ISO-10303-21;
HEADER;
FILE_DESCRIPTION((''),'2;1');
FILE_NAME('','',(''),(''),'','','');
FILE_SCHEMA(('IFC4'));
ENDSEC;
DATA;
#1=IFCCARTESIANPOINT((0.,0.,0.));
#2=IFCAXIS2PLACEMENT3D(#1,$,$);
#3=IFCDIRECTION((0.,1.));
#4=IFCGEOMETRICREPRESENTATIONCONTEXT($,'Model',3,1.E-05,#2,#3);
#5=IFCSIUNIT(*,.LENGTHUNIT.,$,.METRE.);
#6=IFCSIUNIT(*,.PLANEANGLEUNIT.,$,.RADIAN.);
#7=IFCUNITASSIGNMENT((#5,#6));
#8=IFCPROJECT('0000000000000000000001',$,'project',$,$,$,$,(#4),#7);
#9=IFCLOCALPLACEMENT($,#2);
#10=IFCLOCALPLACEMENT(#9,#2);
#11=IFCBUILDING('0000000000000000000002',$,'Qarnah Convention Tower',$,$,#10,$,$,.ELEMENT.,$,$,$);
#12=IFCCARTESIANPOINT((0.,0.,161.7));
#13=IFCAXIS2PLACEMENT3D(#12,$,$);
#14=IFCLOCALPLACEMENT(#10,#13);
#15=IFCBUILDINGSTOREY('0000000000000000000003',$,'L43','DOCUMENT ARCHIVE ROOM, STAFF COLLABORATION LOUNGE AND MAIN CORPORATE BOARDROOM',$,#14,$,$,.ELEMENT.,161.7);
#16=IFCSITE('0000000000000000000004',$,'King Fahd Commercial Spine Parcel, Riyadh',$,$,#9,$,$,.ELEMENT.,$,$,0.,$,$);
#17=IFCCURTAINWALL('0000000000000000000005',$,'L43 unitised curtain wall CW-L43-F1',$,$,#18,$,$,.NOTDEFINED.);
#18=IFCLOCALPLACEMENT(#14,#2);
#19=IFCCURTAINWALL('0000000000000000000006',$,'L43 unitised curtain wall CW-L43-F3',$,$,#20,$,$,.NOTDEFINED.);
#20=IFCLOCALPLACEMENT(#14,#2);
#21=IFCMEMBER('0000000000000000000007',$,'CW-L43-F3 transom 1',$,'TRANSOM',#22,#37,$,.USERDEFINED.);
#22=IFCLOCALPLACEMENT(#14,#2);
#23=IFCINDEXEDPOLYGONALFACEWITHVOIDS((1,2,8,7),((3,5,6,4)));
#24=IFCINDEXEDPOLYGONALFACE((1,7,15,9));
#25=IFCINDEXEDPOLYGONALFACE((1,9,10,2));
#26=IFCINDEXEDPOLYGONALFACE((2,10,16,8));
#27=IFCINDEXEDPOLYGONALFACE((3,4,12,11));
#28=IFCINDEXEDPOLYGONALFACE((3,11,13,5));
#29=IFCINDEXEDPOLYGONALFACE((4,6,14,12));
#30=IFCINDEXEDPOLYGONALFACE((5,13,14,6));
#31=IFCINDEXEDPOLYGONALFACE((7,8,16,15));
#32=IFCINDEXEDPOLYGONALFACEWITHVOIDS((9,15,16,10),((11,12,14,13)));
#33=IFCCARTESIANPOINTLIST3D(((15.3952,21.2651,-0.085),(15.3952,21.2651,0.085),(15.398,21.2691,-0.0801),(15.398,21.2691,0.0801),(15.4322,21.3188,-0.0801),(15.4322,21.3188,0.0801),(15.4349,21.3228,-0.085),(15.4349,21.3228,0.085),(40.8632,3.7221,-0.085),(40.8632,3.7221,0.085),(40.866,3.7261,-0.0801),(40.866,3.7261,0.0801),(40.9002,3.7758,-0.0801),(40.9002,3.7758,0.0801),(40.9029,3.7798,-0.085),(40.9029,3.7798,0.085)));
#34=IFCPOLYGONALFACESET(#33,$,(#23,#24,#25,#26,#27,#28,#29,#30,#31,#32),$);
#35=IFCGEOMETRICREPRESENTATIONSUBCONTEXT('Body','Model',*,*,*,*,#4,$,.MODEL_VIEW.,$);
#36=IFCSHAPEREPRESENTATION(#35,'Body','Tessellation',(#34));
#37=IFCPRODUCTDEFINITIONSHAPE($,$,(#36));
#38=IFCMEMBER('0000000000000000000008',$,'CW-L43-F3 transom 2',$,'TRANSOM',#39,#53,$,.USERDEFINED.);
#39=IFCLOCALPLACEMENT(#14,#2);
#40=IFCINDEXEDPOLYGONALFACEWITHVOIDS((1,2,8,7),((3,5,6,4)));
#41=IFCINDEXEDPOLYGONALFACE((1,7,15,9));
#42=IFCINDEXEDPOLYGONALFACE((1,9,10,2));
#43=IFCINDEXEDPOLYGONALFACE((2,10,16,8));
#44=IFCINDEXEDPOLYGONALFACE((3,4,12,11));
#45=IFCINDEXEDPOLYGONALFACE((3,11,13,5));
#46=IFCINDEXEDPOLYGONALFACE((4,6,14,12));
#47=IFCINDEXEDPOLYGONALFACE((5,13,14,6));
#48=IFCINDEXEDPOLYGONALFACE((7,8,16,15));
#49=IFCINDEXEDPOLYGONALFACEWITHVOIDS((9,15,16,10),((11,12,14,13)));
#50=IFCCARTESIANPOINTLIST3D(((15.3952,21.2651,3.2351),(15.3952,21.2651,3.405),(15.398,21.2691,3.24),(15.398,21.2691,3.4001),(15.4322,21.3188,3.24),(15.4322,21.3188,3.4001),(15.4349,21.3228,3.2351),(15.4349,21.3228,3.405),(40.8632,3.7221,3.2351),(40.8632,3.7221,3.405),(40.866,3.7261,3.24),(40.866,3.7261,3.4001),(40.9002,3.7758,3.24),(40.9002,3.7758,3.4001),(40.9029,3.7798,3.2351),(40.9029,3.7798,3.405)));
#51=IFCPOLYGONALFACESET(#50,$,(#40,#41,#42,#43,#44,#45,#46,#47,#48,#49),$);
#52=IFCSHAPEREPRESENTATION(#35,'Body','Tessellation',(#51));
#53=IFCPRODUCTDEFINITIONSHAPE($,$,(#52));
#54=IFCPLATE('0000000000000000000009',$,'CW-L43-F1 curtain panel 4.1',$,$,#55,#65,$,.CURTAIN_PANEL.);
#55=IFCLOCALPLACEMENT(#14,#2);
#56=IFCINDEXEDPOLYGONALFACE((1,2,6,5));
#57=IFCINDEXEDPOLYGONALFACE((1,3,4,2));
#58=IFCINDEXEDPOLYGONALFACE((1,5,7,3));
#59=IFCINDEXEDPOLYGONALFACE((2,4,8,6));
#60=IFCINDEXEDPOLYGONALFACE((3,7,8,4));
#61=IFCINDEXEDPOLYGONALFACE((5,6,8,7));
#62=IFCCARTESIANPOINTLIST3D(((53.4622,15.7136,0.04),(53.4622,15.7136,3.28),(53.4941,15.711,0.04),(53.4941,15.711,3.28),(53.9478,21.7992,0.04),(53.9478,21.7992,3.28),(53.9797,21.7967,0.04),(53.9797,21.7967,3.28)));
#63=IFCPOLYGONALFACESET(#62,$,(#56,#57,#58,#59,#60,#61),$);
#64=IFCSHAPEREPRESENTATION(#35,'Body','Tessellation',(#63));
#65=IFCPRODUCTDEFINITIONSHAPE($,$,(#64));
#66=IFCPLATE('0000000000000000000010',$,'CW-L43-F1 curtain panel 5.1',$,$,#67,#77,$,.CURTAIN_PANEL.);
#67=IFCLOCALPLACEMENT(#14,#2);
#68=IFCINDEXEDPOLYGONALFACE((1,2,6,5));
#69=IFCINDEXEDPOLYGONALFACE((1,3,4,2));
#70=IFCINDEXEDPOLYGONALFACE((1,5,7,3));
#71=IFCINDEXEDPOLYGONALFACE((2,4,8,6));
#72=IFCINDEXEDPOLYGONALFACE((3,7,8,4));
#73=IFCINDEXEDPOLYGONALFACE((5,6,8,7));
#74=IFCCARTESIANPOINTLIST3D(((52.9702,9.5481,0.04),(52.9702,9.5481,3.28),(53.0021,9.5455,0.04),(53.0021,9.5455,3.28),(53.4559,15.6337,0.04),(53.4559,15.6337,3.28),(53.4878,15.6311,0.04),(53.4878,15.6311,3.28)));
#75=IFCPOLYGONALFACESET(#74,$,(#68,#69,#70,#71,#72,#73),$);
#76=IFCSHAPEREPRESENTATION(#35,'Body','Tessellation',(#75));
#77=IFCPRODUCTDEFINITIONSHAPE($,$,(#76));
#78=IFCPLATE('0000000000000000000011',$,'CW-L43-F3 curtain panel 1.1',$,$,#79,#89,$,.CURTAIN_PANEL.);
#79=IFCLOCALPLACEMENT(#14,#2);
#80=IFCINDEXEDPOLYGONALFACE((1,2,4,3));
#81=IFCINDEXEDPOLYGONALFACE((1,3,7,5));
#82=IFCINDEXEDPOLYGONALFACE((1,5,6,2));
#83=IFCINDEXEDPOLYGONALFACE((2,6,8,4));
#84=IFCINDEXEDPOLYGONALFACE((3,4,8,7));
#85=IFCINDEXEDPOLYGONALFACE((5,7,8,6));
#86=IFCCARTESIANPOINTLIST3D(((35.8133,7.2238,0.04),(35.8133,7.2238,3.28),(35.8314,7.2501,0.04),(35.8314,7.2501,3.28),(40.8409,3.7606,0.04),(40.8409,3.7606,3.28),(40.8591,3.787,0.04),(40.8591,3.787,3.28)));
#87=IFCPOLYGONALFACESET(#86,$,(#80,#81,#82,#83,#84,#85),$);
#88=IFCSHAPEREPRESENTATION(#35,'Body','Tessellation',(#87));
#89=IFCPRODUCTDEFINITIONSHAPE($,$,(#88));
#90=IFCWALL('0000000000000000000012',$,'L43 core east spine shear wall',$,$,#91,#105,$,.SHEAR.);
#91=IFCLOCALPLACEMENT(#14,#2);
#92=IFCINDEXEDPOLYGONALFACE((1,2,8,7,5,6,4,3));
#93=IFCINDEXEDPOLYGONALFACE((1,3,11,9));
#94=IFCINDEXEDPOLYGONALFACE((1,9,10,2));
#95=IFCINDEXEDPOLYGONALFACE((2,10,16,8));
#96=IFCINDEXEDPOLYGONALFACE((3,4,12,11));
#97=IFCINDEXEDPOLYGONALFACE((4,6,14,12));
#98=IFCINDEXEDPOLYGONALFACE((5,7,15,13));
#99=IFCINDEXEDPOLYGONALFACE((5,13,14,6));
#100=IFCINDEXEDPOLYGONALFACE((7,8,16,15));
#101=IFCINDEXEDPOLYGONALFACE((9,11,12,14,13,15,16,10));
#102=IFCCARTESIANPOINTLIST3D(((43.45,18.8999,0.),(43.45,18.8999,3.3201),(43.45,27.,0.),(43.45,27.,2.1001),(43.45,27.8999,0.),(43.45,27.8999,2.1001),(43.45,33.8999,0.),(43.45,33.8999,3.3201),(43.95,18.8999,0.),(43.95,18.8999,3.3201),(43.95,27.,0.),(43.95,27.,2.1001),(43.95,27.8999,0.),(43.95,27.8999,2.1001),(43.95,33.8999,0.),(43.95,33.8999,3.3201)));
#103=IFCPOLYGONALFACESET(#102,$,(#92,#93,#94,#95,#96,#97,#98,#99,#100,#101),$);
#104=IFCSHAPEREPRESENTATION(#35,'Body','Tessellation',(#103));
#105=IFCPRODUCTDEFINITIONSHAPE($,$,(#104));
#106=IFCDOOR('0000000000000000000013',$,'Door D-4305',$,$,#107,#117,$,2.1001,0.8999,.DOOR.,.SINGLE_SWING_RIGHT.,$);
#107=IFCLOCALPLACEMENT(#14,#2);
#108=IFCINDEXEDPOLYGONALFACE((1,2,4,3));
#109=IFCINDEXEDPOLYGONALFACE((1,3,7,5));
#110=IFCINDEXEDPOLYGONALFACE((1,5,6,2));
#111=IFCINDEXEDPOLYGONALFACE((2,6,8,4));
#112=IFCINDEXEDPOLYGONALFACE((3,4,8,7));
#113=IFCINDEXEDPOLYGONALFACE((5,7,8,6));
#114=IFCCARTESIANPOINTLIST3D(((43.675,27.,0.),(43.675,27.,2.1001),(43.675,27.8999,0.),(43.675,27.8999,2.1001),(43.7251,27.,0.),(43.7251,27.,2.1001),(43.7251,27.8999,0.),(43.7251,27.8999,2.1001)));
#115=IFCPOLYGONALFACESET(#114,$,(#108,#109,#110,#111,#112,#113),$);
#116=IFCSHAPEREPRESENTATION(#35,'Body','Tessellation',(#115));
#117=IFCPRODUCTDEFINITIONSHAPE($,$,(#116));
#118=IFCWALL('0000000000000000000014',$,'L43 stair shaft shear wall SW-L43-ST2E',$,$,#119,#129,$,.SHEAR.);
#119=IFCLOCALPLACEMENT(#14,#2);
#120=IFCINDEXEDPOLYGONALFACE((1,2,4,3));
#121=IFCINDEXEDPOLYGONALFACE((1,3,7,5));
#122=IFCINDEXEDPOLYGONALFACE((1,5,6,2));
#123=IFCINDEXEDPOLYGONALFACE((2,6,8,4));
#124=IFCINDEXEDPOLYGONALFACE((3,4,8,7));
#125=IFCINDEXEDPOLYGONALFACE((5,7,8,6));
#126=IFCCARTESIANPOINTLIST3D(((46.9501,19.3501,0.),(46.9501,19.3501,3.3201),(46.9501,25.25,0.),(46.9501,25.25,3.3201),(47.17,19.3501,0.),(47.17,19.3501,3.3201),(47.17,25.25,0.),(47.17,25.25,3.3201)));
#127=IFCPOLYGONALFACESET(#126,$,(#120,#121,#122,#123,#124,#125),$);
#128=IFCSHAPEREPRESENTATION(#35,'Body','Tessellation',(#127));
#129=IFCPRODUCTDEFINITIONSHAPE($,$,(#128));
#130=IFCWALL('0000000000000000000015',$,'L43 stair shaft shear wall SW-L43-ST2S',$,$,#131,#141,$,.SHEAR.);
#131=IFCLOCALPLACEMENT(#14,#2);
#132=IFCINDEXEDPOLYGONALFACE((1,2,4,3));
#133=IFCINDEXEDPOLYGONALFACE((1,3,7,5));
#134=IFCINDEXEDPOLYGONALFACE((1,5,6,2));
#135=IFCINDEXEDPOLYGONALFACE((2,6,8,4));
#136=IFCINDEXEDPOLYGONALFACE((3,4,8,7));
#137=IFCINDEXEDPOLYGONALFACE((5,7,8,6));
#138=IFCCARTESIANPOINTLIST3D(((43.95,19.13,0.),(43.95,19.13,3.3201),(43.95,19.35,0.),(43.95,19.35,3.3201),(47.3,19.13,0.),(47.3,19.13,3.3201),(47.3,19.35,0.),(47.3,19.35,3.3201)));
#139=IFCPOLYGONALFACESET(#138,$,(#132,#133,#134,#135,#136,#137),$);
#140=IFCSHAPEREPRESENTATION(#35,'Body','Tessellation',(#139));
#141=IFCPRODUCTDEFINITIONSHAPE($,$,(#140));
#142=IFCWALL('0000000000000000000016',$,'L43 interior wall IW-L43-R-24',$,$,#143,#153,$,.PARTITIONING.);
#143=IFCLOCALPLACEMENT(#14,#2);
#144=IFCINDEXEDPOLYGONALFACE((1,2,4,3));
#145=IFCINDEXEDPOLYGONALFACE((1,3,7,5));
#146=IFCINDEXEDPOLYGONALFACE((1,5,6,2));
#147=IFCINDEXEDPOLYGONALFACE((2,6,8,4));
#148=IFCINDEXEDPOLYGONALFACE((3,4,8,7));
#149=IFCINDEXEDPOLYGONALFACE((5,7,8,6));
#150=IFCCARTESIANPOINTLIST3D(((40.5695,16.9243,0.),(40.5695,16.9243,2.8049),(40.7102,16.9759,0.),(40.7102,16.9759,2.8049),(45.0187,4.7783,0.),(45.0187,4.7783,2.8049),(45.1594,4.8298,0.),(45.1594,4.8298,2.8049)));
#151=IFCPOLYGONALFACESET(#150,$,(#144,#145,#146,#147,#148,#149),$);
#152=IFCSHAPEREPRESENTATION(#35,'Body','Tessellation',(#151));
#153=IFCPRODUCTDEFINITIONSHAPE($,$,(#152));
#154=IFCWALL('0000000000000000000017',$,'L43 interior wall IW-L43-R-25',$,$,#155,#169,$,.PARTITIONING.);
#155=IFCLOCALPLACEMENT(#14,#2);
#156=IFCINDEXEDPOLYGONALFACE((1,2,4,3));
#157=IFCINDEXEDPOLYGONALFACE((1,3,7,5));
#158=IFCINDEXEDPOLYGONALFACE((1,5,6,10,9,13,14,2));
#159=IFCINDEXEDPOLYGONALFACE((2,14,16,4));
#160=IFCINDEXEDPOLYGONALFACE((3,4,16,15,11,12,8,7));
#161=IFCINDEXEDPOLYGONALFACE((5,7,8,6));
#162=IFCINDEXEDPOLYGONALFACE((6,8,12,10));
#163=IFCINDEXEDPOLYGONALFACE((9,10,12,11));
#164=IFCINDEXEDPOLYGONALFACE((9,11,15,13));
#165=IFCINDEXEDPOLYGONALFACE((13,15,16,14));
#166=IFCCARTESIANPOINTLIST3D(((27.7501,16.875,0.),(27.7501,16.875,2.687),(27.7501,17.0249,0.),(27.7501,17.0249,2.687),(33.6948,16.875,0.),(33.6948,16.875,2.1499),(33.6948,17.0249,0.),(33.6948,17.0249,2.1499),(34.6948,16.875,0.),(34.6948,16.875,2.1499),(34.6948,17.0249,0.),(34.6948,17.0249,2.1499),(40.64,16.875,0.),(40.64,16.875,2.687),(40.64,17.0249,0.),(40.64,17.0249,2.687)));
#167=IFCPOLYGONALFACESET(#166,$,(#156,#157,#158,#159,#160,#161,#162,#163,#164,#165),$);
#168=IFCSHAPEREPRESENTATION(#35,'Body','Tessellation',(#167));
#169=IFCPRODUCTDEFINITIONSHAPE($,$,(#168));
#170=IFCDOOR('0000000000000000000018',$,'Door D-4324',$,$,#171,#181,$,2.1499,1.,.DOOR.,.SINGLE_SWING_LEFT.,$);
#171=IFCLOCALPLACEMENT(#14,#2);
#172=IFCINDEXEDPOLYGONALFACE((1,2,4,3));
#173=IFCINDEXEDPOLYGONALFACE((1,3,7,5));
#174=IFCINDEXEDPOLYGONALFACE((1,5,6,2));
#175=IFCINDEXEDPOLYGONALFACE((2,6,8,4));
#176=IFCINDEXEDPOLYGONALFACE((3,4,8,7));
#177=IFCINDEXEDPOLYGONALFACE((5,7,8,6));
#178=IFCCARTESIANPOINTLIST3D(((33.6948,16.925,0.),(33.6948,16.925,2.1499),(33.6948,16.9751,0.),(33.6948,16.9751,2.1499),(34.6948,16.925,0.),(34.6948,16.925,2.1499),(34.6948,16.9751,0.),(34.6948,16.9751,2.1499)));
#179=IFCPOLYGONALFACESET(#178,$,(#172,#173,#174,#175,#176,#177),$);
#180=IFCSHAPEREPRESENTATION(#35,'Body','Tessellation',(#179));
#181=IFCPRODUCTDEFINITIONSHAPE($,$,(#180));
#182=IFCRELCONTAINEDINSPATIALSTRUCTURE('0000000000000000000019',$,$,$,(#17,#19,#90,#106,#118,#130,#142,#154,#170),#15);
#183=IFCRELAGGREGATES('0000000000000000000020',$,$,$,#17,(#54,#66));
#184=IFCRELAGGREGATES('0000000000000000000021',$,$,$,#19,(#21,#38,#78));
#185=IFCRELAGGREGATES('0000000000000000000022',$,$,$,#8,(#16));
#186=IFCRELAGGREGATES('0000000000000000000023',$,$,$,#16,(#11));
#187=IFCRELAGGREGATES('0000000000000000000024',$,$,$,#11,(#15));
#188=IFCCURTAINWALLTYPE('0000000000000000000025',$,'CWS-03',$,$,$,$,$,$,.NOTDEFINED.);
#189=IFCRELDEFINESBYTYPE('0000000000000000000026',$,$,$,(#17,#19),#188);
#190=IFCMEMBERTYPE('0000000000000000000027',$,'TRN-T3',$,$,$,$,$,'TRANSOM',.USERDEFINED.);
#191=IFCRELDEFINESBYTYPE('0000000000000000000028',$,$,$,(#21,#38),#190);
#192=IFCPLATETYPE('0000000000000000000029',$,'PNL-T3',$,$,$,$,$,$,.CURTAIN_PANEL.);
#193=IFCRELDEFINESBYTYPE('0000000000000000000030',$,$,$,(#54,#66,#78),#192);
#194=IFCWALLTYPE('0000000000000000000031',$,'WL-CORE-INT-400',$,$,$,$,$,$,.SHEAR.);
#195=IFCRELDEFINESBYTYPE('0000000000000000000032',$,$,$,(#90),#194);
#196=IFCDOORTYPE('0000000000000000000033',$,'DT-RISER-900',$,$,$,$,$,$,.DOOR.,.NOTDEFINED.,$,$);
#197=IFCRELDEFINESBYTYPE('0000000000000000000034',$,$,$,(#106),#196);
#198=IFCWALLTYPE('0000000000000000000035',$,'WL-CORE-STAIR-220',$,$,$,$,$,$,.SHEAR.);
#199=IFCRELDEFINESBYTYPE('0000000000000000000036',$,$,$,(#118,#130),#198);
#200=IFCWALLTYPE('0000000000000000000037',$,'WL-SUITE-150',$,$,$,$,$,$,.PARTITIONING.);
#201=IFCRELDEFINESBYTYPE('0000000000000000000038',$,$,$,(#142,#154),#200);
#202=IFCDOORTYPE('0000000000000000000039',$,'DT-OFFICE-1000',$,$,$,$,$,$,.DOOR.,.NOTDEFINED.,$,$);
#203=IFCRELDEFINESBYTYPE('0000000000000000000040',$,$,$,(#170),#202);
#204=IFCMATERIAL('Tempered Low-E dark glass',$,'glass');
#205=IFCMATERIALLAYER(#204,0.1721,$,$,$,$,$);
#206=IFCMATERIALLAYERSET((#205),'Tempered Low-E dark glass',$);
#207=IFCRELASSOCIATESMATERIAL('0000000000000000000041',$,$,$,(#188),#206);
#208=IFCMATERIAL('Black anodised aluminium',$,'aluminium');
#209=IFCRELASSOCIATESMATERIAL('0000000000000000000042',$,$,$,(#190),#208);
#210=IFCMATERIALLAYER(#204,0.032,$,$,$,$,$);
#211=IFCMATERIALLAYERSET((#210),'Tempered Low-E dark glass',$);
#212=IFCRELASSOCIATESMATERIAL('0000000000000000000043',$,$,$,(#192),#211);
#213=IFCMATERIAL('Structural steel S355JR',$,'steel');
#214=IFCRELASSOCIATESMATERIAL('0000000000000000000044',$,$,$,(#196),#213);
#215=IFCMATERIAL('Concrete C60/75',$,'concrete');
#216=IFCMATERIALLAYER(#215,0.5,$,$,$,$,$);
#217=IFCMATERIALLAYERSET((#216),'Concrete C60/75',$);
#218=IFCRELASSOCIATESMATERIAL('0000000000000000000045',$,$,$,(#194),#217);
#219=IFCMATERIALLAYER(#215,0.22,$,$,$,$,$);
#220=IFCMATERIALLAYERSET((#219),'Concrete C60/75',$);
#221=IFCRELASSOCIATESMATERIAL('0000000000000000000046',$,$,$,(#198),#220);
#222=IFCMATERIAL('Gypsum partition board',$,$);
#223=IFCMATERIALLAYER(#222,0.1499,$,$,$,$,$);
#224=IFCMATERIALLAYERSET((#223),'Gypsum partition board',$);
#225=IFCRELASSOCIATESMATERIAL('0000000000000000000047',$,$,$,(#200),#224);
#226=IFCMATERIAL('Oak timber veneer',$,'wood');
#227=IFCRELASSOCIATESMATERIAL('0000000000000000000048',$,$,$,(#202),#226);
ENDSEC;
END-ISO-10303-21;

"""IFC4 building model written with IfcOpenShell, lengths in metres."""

from ifc_helpers import new_model, si_unit, direction, frame, frame_2d, origin, origin_2d, place, context, subcontext, project, spatial, rectangle, hollow_rectangle, extrude, material, layer, layer_set, material_profile, profile_set, type_object, element, fill, aggregate, save


model = new_model("IFC4")

# Units and contexts
model_context = context("Model", 3, precision=1e-05, world=origin(), true_north=direction((0.0, 1.0)))
body_context = subcontext(model_context, "Body", "Model", "MODEL_VIEW")
ifc_project = project(units=[si_unit("LENGTHUNIT", "METRE"), si_unit("PLANEANGLEUNIT", "RADIAN")], contexts=[model_context])

# Site, building, storey
site_placement = place(None, origin())
site = spatial("IfcSite", under=ifc_project, at=site_placement, Name="King Fahd Commercial Spine Parcel, Riyadh", CompositionType="ELEMENT", RefElevation=0.0)
building_placement = place(site_placement, origin())
building = spatial("IfcBuilding", under=site, at=building_placement, Name="Qarnah Convention Tower", CompositionType="ELEMENT")
storey_placement = place(building_placement, frame((0.0, 0.0, 161.7)))
storey = spatial("IfcBuildingStorey", under=building, at=storey_placement, Name="L43", Description="DOCUMENT ARCHIVE ROOM, STAFF COLLABORATION LOUNGE AND MAIN CORPORATE BOARDROOM", CompositionType="ELEMENT", Elevation=161.7)

# Shared definitions
ifc_material_1 = material(Name="Concrete C60/75", Category="concrete")

# Shared definitions
ifc_material_2 = material(Name="Structural steel S355JR", Category="steel")

# Curtain walls, members
ifc_material_3 = material(Name="Tempered Low-E dark glass", Category="glass")
ifc_layer_1 = layer(ifc_material_3, 0.1721)
ifc_layer_set_1 = layer_set([ifc_layer_1], Name="Tempered Low-E dark glass")
curtain_wall_type = type_object("IfcCurtainWallType", Name="CWS-03", PredefinedType="NOTDEFINED", material=ifc_layer_set_1)
curtain_wall_1_placement = place(storey_placement, origin())
curtain_wall_1 = element("IfcCurtainWall", 1, at=curtain_wall_1_placement, inside=storey, type_object=curtain_wall_type, Name="L43 unitised curtain wall CW-L43-F1", PredefinedType="NOTDEFINED")
ifc_material_4 = material(Name="Black anodised aluminium", Category="aluminium")
curtain_wall_2_placement = place(storey_placement, origin())
curtain_wall_2 = element("IfcCurtainWall", 2, at=curtain_wall_2_placement, inside=storey, type_object=curtain_wall_type, Name="L43 unitised curtain wall CW-L43-F3", PredefinedType="NOTDEFINED")
ifc_material_profile_1 = material_profile(ifc_material_4, hollow_rectangle(XDim=0.0701, YDim=0.1699, WallThickness=0.0049, at=origin_2d()), Name="TRN-70X170")
ifc_profile_set_1 = profile_set([ifc_material_profile_1], Name="Black anodised aluminium")
member_type_1 = type_object("IfcMemberType", Name="TRN-T3", ElementType="TRANSOM", PredefinedType="USERDEFINED", material=ifc_profile_set_1)
member_1_placement = place(storey_placement, frame((40.8831, 3.751, 0.0), z_axis=(-0.823533, 0.567269, 0.0), x_axis=(-0.567269, -0.823533, 0.0)))
member_1 = element("IfcMember", 3, at=member_1_placement, type_object=member_type_1, Name="CW-L43-F3 transom 1", ObjectType="TRANSOM", PredefinedType="USERDEFINED", context=body_context, shape_type="SweptSolid", body=[
    extrude(hollow_rectangle(XDim=0.0701, YDim=0.1699, WallThickness=0.0049, at=origin_2d()), origin(), (0.0, 0.0, 1.0), 30.9253),
])
member_2_placement = place(storey_placement, frame((40.8831, 3.751, 3.3201), z_axis=(-0.823533, 0.567269, 0.0), x_axis=(-0.567269, -0.823533, 0.0)))
member_2 = element("IfcMember", 4, at=member_2_placement, type_object=member_type_1, Name="CW-L43-F3 transom 2", ObjectType="TRANSOM", PredefinedType="USERDEFINED", context=body_context, shape_type="SweptSolid", body=[
    extrude(hollow_rectangle(XDim=0.0701, YDim=0.1699, WallThickness=0.0049, at=origin_2d()), origin(), (0.0, 0.0, 1.0), 30.9253),
])

# Plates
ifc_layer_2 = layer(ifc_material_3, 0.032)
ifc_layer_set_2 = layer_set([ifc_layer_2], Name="Tempered Low-E dark glass")
plate_type = type_object("IfcPlateType", Name="PNL-T3", PredefinedType="CURTAIN_PANEL", material=ifc_layer_set_2)
plate_1_placement = place(storey_placement, frame((53.7209, 18.7551, 0.04), z_axis=(0.0, 0.0, 1.0), x_axis=(-0.079547, -0.996831, 0.0)))
plate_1 = element("IfcPlate", 5, at=plate_1_placement, type_object=plate_type, Name="CW-L43-F1 curtain panel 4.1", PredefinedType="CURTAIN_PANEL", context=body_context, shape_type="SweptSolid", body=[
    extrude(rectangle(XDim=6.105, YDim=0.032, at=origin_2d()), origin(), (0.0, 0.0, 1.0), 3.24),
])
plate_2_placement = place(storey_placement, frame((53.229, 12.5896, 0.04), z_axis=(0.0, 0.0, 1.0), x_axis=(-0.079547, -0.996831, 0.0)))
plate_2 = element("IfcPlate", 6, at=plate_2_placement, type_object=plate_type, Name="CW-L43-F1 curtain panel 5.1", PredefinedType="CURTAIN_PANEL", context=body_context, shape_type="SweptSolid", body=[
    extrude(rectangle(XDim=6.105, YDim=0.032, at=origin_2d()), origin(), (0.0, 0.0, 1.0), 3.24),
])
aggregate(curtain_wall_1, [plate_1, plate_2])
plate_3_placement = place(storey_placement, frame((38.3362, 5.5054, 0.04), z_axis=(0.0, 0.0, 1.0), x_axis=(-0.823532, 0.56727, 0.0)))
plate_3 = element("IfcPlate", 7, at=plate_3_placement, type_object=plate_type, Name="CW-L43-F3 curtain panel 1.1", PredefinedType="CURTAIN_PANEL", context=body_context, shape_type="SweptSolid", body=[
    extrude(rectangle(XDim=6.105, YDim=0.032, at=origin_2d()), origin(), (0.0, 0.0, 1.0), 3.24),
])
aggregate(curtain_wall_2, [member_1, member_2, plate_3])

# Shared definitions
door_type_1 = type_object("IfcDoorType", Name="DT-RISER-900", OperationType="NOTDEFINED", PredefinedType="DOOR", material=ifc_material_2)

# Wall, opening, door
ifc_layer_3 = layer(ifc_material_1, 0.5)
ifc_layer_set_3 = layer_set([ifc_layer_3], Name="Concrete C60/75")
wall_type_1 = type_object("IfcWallType", Name="WL-CORE-INT-400", PredefinedType="SHEAR", material=ifc_layer_set_3)
wall_1_placement = place(storey_placement, frame((43.7, 18.8999, 0.0), z_axis=(0.0, 0.0, 1.0), x_axis=(0.0, 1.0, 0.0)))
wall_1 = element("IfcWall", 8, at=wall_1_placement, inside=storey, type_object=wall_type_1, Name="L43 core east spine shear wall", PredefinedType="SHEAR", context=body_context, shape_type="SweptSolid", body=[
    extrude(rectangle(XDim=15.0, YDim=0.5, at=frame_2d((7.5, 0.0))), origin(), (0.0, 0.0, 1.0), 3.3201),
])
opening_1_placement = place(wall_1_placement, frame((8.1001, 0.0, 0.0)))
opening_1 = element("IfcOpeningElement", 9, at=opening_1_placement, cuts=wall_1, PredefinedType="OPENING", context=body_context, shape_type="SweptSolid", body=[
    extrude(rectangle(XDim=0.8999, YDim=2.1001, at=frame_2d((0.45, 1.05))), frame((0.0, 0.26, 0.0), z_axis=(0.0, -1.0, 0.0), x_axis=(1.0, 0.0, 0.0)), (0.0, 0.0, 1.0), 0.52),
])
door_1_placement = place(opening_1_placement, origin())
door_1 = element("IfcDoor", 10, at=door_1_placement, inside=storey, type_object=door_type_1, Name="Door D-4305", OperationType="SINGLE_SWING_RIGHT", OverallHeight=2.1001, OverallWidth=0.8999, PredefinedType="DOOR", context=body_context, shape_type="SweptSolid", body=[
    extrude(rectangle(XDim=0.8999, YDim=2.1001, at=frame_2d((0.45, 1.05))), frame((0.0, 0.0249, 0.0), z_axis=(0.0, -1.0, 0.0), x_axis=(1.0, 0.0, 0.0)), (0.0, 0.0, 1.0), 0.05),
])
fill(opening_1, door_1)

# Walls
ifc_layer_4 = layer(ifc_material_1, 0.22)
ifc_layer_set_4 = layer_set([ifc_layer_4], Name="Concrete C60/75")
wall_type_2 = type_object("IfcWallType", Name="WL-CORE-STAIR-220", PredefinedType="SHEAR", material=ifc_layer_set_4)
wall_2_placement = place(storey_placement, frame((47.0601, 19.3501, 0.0), z_axis=(0.0, 0.0, 1.0), x_axis=(0.0, 1.0, 0.0)))
element("IfcWall", 11, at=wall_2_placement, inside=storey, type_object=wall_type_2, Name="L43 stair shaft shear wall SW-L43-ST2E", PredefinedType="SHEAR", context=body_context, shape_type="SweptSolid", body=[
    extrude(rectangle(XDim=5.8999, YDim=0.22, at=frame_2d((2.95, 0.0))), origin(), (0.0, 0.0, 1.0), 3.3201),
])
wall_3_placement = place(storey_placement, frame((43.95, 19.24, 0.0), z_axis=(0.0, 0.0, 1.0), x_axis=(1.0, 0.0, 0.0)))
element("IfcWall", 12, at=wall_3_placement, inside=storey, type_object=wall_type_2, Name="L43 stair shaft shear wall SW-L43-ST2S", PredefinedType="SHEAR", context=body_context, shape_type="SweptSolid", body=[
    extrude(rectangle(XDim=3.3501, YDim=0.22, at=frame_2d((1.675, 0.0))), origin(), (0.0, 0.0, 1.0), 3.3201),
])

# Wall
ifc_material_5 = material(Name="Gypsum partition board")
ifc_layer_5 = layer(ifc_material_5, 0.1499)
ifc_layer_set_5 = layer_set([ifc_layer_5], Name="Gypsum partition board")
wall_type_3 = type_object("IfcWallType", Name="WL-SUITE-150", PredefinedType="PARTITIONING", material=ifc_layer_set_5)
wall_4_placement = place(storey_placement, frame((45.0891, 4.804, 0.0), z_axis=(0.0, 0.0, 1.0), x_axis=(-0.343961, 0.938984, 0.0)))
element("IfcWall", 13, at=wall_4_placement, inside=storey, type_object=wall_type_3, Name="L43 interior wall IW-L43-R-24", PredefinedType="PARTITIONING", context=body_context, shape_type="SweptSolid", body=[
    extrude(rectangle(XDim=12.9353, YDim=0.1499, at=frame_2d((6.4678, 0.0))), origin(), (0.0, 0.0, 1.0), 2.8049),
])

# Wall, opening, door
wall_5_placement = place(storey_placement, frame((40.6399, 16.95, 0.0), z_axis=(0.0, 0.0, 1.0), x_axis=(-1.0, 0.0, 0.0)))
wall_5 = element("IfcWall", 14, at=wall_5_placement, inside=storey, type_object=wall_type_3, Name="L43 interior wall IW-L43-R-25", PredefinedType="PARTITIONING", context=body_context, shape_type="SweptSolid", body=[
    extrude(rectangle(XDim=12.8899, YDim=0.1499, at=frame_2d((6.4448, 0.0))), origin(), (0.0, 0.0, 1.0), 2.687),
])
opening_2_placement = place(wall_5_placement, frame((5.9451, 0.0, 0.0)))
opening_2 = element("IfcOpeningElement", 15, at=opening_2_placement, cuts=wall_5, PredefinedType="OPENING", context=body_context, shape_type="SweptSolid", body=[
    extrude(rectangle(XDim=1.0, YDim=2.1499, at=frame_2d((0.5, 1.075))), frame((0.0, 0.085, 0.0), z_axis=(0.0, -1.0, 0.0), x_axis=(1.0, 0.0, 0.0)), (0.0, 0.0, 1.0), 0.1699),
])
ifc_material_6 = material(Name="Oak timber veneer", Category="wood")
door_type_2 = type_object("IfcDoorType", Name="DT-OFFICE-1000", OperationType="NOTDEFINED", PredefinedType="DOOR", material=ifc_material_6)
door_2_placement = place(opening_2_placement, origin())
door_2 = element("IfcDoor", 16, at=door_2_placement, inside=storey, type_object=door_type_2, Name="Door D-4324", OperationType="SINGLE_SWING_LEFT", OverallHeight=2.1499, OverallWidth=1.0, PredefinedType="DOOR", context=body_context, shape_type="SweptSolid", body=[
    extrude(rectangle(XDim=1.0, YDim=2.1499, at=frame_2d((0.5, 1.075))), frame((0.0, 0.0249, 0.0), z_axis=(0.0, -1.0, 0.0), x_axis=(1.0, 0.0, 0.0)), (0.0, 0.0, 1.0), 0.05),
])
fill(opening_2, door_2)

save(model, "model.ifc")
